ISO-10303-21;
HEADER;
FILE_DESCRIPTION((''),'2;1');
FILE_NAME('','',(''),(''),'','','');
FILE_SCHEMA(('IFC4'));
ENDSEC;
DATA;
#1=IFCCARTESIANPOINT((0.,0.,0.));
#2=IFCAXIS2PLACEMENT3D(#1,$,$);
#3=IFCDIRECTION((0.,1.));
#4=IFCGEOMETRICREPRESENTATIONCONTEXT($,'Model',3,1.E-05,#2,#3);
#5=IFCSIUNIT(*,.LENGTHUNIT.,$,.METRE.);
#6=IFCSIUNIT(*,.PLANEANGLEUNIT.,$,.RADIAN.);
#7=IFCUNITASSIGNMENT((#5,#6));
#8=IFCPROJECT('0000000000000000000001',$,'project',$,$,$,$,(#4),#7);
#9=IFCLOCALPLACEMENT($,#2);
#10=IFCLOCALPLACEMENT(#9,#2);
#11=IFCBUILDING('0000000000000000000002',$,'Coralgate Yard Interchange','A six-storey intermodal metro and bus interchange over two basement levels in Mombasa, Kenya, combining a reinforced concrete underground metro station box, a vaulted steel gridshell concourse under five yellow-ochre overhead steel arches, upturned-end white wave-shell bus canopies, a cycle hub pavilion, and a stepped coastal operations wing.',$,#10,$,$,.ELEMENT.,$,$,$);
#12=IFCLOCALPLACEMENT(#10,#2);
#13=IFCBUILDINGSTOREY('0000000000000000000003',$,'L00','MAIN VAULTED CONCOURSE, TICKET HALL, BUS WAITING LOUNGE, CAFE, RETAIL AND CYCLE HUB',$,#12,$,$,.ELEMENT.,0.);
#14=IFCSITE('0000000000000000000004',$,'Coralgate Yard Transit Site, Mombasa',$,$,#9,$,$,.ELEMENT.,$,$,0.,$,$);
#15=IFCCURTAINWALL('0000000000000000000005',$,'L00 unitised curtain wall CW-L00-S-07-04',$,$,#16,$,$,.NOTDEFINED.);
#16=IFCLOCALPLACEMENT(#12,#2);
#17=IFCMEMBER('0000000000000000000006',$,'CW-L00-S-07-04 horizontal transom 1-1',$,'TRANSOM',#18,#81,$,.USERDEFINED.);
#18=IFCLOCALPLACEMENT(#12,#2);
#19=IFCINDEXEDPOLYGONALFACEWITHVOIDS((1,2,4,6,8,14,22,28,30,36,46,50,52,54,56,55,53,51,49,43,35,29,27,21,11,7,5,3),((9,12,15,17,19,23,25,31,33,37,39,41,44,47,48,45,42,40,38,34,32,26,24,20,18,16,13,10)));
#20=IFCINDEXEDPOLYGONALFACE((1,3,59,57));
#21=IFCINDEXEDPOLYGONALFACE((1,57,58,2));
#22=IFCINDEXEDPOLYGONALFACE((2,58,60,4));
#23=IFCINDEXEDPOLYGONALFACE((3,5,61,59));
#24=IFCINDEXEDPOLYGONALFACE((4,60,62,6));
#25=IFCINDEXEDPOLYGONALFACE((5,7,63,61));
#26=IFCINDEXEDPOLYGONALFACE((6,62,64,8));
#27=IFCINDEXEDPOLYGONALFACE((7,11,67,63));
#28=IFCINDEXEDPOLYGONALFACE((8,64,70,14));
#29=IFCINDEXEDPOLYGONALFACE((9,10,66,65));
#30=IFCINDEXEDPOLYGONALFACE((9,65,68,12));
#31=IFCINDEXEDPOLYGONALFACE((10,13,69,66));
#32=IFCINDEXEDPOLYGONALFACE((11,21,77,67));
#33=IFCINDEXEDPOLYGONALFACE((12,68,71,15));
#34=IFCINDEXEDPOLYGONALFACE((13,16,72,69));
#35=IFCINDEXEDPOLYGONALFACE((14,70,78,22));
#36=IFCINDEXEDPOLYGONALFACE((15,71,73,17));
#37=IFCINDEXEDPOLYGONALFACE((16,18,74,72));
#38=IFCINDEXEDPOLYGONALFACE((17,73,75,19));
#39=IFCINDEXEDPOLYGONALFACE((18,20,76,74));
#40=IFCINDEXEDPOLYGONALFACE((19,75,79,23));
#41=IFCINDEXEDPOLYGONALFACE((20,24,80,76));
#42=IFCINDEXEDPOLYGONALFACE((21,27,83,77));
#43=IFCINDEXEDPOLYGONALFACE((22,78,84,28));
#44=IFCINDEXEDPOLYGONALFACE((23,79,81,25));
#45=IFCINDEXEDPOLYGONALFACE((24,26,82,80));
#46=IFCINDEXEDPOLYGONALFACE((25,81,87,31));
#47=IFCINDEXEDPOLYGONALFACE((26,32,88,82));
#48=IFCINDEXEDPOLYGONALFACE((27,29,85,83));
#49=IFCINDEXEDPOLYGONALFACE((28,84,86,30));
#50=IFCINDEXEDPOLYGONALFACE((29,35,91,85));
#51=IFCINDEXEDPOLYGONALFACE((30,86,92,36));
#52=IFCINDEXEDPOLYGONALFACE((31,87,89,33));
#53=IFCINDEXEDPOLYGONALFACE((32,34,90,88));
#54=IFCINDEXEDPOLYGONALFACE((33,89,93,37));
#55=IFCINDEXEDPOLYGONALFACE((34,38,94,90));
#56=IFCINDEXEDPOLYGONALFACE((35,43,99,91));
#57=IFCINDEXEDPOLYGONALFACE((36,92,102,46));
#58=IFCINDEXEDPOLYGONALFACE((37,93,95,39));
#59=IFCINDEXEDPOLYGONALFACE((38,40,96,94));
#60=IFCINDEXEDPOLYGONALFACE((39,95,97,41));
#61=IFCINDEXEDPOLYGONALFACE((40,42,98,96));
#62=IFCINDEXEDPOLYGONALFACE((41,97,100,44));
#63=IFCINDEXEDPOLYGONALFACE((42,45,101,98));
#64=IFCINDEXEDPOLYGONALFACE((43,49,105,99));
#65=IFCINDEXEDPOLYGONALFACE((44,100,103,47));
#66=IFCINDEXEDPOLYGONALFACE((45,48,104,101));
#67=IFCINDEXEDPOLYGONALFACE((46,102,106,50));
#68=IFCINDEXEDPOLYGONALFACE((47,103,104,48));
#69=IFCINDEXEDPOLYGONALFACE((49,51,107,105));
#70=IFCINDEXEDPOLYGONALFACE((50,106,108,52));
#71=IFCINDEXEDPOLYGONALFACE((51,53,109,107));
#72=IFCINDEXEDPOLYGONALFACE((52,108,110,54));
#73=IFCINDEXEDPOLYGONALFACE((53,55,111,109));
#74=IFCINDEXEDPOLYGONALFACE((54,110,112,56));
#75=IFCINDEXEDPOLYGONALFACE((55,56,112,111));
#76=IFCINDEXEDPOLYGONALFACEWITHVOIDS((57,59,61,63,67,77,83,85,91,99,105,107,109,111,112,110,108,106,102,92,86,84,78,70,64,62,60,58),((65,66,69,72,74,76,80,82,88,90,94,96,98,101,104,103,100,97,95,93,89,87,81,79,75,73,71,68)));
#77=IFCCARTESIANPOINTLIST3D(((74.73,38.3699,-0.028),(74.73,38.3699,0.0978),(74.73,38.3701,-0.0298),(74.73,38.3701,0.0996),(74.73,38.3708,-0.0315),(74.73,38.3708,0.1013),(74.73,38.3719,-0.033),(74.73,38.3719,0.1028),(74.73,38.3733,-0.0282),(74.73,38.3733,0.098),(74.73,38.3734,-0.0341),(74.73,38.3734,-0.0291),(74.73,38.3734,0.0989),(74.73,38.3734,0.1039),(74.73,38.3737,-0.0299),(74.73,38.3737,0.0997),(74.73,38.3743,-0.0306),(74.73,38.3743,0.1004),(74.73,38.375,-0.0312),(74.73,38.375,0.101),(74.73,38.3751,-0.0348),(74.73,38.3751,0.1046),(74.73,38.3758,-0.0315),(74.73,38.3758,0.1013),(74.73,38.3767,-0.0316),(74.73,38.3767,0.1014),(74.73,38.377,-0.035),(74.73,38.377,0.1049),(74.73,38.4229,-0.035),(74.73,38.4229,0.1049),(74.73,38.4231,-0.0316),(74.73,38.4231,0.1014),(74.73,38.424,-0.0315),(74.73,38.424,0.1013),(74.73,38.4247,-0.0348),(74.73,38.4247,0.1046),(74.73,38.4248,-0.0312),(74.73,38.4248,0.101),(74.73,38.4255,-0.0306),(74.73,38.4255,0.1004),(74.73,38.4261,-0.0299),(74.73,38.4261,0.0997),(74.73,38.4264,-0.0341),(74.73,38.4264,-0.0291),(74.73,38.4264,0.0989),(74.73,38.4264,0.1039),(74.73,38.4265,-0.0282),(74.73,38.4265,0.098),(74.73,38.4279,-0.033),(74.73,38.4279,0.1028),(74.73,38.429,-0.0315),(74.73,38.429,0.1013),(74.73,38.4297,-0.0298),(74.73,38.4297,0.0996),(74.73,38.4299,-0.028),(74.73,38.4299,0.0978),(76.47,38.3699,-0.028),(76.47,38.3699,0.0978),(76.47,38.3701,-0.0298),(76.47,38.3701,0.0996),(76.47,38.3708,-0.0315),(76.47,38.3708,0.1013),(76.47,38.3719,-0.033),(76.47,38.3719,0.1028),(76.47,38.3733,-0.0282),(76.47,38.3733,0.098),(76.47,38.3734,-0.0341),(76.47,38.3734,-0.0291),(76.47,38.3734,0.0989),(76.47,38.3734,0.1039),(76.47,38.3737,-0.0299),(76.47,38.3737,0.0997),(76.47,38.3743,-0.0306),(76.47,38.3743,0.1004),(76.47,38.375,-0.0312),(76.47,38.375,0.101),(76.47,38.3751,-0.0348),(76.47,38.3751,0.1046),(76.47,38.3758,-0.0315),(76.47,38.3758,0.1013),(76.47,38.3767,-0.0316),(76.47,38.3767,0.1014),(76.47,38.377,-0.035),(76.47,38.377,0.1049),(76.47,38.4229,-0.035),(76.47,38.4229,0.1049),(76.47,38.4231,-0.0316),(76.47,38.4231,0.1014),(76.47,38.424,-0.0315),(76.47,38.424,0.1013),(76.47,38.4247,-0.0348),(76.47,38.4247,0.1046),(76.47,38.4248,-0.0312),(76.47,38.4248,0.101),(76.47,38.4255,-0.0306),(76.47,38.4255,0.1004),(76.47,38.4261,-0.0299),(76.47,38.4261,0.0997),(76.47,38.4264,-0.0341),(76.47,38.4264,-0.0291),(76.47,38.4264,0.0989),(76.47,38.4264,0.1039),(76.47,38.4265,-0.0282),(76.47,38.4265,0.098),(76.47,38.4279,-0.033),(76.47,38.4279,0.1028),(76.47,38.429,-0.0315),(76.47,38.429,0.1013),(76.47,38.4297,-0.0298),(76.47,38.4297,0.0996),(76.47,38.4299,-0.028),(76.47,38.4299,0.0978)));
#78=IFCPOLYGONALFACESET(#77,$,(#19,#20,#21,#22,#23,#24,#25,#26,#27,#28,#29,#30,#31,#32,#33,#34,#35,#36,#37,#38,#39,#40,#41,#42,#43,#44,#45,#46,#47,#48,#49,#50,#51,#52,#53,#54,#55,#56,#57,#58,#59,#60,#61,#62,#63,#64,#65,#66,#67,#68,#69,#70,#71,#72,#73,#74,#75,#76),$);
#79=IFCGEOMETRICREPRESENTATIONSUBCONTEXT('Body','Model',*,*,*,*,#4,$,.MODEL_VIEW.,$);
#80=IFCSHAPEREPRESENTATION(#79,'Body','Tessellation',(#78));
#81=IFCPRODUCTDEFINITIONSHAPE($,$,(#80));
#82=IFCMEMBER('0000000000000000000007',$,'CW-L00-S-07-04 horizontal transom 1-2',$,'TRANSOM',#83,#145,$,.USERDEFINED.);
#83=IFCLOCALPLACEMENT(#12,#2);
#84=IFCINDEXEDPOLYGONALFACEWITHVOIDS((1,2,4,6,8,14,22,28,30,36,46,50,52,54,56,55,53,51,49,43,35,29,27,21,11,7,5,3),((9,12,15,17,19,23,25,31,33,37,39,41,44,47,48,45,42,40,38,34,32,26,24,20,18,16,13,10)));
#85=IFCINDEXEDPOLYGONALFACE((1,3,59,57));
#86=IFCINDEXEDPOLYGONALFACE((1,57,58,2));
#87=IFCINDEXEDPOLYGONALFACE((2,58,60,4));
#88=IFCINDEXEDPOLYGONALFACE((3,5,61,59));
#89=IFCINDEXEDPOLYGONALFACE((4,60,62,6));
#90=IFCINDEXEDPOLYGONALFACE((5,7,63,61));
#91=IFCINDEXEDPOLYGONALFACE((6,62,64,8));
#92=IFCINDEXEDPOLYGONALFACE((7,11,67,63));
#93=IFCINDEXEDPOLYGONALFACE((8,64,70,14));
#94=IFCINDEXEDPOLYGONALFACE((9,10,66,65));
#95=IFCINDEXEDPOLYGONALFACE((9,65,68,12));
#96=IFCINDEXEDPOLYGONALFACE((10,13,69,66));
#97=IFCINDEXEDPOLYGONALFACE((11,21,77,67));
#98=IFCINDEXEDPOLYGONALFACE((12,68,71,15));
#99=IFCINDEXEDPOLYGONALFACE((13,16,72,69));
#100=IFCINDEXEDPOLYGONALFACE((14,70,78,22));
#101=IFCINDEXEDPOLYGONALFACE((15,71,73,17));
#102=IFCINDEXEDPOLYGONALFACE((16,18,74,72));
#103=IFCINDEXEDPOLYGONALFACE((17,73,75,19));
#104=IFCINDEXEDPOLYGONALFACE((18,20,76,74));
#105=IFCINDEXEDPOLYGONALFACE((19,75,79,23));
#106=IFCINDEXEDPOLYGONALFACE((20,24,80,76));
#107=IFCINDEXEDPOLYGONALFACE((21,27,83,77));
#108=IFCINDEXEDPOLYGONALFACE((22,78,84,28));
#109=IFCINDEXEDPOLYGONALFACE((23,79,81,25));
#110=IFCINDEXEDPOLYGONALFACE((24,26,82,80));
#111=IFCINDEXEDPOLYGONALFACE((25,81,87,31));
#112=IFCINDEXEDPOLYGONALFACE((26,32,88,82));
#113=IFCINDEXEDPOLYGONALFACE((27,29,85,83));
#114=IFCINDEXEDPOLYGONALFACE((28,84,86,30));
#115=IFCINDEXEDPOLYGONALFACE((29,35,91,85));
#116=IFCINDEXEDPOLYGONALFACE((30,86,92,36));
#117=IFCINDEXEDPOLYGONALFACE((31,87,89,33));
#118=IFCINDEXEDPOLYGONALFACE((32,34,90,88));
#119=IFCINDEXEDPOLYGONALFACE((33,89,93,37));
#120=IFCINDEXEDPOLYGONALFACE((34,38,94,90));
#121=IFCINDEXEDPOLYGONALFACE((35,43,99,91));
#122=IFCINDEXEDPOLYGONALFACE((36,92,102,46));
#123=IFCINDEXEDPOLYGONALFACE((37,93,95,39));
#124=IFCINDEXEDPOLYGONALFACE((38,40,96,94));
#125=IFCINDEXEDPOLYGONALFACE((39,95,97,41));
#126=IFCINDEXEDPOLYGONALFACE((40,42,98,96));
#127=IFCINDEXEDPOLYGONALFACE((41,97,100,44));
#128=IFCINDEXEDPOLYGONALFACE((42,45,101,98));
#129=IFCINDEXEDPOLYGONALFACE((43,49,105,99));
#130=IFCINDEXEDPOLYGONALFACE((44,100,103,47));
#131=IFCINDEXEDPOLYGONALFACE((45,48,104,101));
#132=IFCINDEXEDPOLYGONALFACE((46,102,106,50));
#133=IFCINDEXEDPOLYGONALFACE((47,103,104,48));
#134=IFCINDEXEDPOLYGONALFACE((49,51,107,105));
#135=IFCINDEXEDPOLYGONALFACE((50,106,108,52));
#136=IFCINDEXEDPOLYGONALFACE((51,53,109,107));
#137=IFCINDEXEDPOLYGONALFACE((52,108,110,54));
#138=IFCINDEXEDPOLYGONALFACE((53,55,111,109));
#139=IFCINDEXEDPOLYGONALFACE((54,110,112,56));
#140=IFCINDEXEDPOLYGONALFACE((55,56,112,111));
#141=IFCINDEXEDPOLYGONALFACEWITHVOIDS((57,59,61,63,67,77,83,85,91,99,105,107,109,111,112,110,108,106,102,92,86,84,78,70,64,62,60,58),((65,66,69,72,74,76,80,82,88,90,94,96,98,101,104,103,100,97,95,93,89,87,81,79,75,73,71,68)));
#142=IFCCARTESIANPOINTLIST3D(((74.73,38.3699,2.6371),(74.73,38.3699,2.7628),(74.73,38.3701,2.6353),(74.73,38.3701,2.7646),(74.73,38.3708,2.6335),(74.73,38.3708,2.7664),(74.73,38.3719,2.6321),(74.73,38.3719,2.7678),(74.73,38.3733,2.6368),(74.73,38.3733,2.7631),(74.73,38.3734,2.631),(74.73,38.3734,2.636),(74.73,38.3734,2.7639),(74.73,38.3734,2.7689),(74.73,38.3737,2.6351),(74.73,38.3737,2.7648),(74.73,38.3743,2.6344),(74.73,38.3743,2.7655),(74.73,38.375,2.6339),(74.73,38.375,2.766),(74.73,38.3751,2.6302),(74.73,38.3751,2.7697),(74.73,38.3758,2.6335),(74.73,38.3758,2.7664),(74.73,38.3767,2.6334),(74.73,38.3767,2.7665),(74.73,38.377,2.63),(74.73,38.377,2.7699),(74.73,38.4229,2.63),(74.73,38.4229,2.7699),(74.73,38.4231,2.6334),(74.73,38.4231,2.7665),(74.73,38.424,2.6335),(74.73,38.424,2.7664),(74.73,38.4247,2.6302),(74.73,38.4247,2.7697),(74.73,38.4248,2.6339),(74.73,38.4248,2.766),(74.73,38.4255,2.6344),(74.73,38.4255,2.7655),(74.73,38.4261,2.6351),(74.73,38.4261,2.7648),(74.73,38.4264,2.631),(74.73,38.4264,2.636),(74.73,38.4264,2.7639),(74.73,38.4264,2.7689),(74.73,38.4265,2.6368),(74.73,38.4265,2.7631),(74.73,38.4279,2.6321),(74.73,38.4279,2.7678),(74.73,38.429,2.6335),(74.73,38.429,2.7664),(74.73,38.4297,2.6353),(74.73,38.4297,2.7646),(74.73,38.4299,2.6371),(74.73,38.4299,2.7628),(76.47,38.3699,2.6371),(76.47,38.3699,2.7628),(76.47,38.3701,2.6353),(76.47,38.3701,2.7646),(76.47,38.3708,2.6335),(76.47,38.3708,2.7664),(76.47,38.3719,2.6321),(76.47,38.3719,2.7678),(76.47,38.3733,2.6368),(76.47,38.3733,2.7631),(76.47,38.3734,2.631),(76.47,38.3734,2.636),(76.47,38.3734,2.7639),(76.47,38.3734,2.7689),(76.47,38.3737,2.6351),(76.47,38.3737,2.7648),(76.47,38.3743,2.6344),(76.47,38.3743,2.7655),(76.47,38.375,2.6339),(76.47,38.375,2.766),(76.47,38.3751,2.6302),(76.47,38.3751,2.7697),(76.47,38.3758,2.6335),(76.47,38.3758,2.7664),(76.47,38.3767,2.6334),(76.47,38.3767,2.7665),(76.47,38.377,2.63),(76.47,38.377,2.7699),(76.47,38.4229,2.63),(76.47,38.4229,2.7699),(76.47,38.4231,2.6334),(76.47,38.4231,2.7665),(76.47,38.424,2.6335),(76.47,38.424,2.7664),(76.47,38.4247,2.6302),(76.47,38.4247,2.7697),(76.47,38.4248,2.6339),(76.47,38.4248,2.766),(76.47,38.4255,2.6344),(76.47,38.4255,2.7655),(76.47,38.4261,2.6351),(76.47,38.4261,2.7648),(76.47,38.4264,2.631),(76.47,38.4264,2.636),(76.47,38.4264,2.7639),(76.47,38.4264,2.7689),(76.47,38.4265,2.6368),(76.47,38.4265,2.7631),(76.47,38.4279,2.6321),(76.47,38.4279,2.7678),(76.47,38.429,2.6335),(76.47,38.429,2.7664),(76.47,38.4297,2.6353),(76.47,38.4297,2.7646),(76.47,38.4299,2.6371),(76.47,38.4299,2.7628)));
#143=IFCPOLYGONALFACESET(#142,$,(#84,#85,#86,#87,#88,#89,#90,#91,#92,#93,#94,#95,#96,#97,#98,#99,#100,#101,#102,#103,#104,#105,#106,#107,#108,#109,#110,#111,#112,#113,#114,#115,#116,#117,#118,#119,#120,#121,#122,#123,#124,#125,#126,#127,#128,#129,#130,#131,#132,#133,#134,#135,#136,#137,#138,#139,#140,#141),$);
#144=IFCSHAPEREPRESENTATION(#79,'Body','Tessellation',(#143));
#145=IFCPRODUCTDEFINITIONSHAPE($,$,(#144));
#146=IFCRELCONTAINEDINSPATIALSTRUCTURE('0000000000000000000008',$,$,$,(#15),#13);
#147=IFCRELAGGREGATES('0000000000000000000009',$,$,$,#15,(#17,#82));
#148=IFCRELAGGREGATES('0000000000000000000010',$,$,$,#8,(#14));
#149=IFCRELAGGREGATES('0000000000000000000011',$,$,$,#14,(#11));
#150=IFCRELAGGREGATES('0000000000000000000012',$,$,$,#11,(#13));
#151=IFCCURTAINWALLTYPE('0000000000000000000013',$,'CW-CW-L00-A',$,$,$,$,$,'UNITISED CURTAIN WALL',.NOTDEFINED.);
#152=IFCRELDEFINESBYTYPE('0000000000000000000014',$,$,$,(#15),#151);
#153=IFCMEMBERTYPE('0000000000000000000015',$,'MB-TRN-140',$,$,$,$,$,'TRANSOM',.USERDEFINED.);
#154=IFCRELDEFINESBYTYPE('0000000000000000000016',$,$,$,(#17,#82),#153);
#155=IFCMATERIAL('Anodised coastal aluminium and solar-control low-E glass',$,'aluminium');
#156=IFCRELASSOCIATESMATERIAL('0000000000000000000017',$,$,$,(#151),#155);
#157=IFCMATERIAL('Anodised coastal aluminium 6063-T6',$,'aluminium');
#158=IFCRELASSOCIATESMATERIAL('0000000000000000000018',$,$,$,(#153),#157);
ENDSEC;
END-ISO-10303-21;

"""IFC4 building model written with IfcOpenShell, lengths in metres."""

from ifc_helpers import new_model, si_unit, direction, frame, origin, origin_2d, place, context, subcontext, project, spatial, hollow_rectangle, extrude, material, material_profile, profile_set, type_object, element, aggregate, save


model = new_model("IFC4")

# Units and contexts
model_context = context("Model", 3, precision=1e-05, world=origin(), true_north=direction((0.0, 1.0)))
body_context = subcontext(model_context, "Body", "Model", "MODEL_VIEW")
ifc_project = project(units=[si_unit("LENGTHUNIT", "METRE"), si_unit("PLANEANGLEUNIT", "RADIAN")], contexts=[model_context])

# Site, building, storey
site_placement = place(None, origin())
site = spatial("IfcSite", under=ifc_project, at=site_placement, Name="Coralgate Yard Transit Site, Mombasa", CompositionType="ELEMENT", RefElevation=0.0)
building_placement = place(site_placement, origin())
building = spatial("IfcBuilding", under=site, at=building_placement, Name="Coralgate Yard Interchange", Description="A six-storey intermodal metro and bus interchange over two basement levels in Mombasa, Kenya, combining a reinforced concrete underground metro station box, a vaulted steel gridshell concourse under five yellow-ochre overhead steel arches, upturned-end white wave-shell bus canopies, a cycle hub pavilion, and a stepped coastal operations wing.", CompositionType="ELEMENT")
storey_placement = place(building_placement, origin())
storey = spatial("IfcBuildingStorey", under=building, at=storey_placement, Name="L00", Description="MAIN VAULTED CONCOURSE, TICKET HALL, BUS WAITING LOUNGE, CAFE, RETAIL AND CYCLE HUB", CompositionType="ELEMENT", Elevation=0.0)

# Curtain wall, members
ifc_material_1 = material(Name="Anodised coastal aluminium and solar-control low-E glass", Category="aluminium")
curtain_wall_type = type_object("IfcCurtainWallType", Name="CW-CW-L00-A", ElementType="UNITISED CURTAIN WALL", PredefinedType="NOTDEFINED", material=ifc_material_1)
curtain_wall_placement = place(storey_placement, origin())
curtain_wall = element("IfcCurtainWall", 1, at=curtain_wall_placement, inside=storey, type_object=curtain_wall_type, Name="L00 unitised curtain wall CW-L00-S-07-04", PredefinedType="NOTDEFINED")
ifc_material_2 = material(Name="Anodised coastal aluminium 6063-T6", Category="aluminium")
ifc_material_profile_1 = material_profile(ifc_material_2, hollow_rectangle(XDim=0.0601, YDim=0.1399, WallThickness=0.0034, InnerFilletRadius=0.0034, OuterFilletRadius=0.0071, at=origin_2d()), Name="ALU 60x140x3.5")
ifc_profile_set_1 = profile_set([ifc_material_profile_1], Name="Anodised coastal aluminium 6063-T6")
member_type_1 = type_object("IfcMemberType", Name="MB-TRN-140", ElementType="TRANSOM", PredefinedType="USERDEFINED", material=ifc_profile_set_1)
member_1_placement = place(storey_placement, frame((76.47, 38.3999, 0.0349), z_axis=(-1.0, 0.0, 0.0), x_axis=(0.0, -1.0, 0.0)))
member_1 = element("IfcMember", 2, at=member_1_placement, type_object=member_type_1, Name="CW-L00-S-07-04 horizontal transom 1-1", ObjectType="TRANSOM", PredefinedType="USERDEFINED", context=body_context, shape_type="SweptSolid", body=[
    extrude(hollow_rectangle(XDim=0.0601, YDim=0.1399, WallThickness=0.0034, InnerFilletRadius=0.0034, OuterFilletRadius=0.0071, at=origin_2d()), origin(), (0.0, 0.0, 1.0), 1.74),
])
member_2_placement = place(storey_placement, frame((76.47, 38.3999, 2.7), z_axis=(-1.0, 0.0, 0.0), x_axis=(0.0, -1.0, 0.0)))
member_2 = element("IfcMember", 3, at=member_2_placement, type_object=member_type_1, Name="CW-L00-S-07-04 horizontal transom 1-2", ObjectType="TRANSOM", PredefinedType="USERDEFINED", context=body_context, shape_type="SweptSolid", body=[
    extrude(hollow_rectangle(XDim=0.0601, YDim=0.1399, WallThickness=0.0034, InnerFilletRadius=0.0034, OuterFilletRadius=0.0071, at=origin_2d()), origin(), (0.0, 0.0, 1.0), 1.74),
])
aggregate(curtain_wall, [member_1, member_2])

save(model, "model.ifc")
